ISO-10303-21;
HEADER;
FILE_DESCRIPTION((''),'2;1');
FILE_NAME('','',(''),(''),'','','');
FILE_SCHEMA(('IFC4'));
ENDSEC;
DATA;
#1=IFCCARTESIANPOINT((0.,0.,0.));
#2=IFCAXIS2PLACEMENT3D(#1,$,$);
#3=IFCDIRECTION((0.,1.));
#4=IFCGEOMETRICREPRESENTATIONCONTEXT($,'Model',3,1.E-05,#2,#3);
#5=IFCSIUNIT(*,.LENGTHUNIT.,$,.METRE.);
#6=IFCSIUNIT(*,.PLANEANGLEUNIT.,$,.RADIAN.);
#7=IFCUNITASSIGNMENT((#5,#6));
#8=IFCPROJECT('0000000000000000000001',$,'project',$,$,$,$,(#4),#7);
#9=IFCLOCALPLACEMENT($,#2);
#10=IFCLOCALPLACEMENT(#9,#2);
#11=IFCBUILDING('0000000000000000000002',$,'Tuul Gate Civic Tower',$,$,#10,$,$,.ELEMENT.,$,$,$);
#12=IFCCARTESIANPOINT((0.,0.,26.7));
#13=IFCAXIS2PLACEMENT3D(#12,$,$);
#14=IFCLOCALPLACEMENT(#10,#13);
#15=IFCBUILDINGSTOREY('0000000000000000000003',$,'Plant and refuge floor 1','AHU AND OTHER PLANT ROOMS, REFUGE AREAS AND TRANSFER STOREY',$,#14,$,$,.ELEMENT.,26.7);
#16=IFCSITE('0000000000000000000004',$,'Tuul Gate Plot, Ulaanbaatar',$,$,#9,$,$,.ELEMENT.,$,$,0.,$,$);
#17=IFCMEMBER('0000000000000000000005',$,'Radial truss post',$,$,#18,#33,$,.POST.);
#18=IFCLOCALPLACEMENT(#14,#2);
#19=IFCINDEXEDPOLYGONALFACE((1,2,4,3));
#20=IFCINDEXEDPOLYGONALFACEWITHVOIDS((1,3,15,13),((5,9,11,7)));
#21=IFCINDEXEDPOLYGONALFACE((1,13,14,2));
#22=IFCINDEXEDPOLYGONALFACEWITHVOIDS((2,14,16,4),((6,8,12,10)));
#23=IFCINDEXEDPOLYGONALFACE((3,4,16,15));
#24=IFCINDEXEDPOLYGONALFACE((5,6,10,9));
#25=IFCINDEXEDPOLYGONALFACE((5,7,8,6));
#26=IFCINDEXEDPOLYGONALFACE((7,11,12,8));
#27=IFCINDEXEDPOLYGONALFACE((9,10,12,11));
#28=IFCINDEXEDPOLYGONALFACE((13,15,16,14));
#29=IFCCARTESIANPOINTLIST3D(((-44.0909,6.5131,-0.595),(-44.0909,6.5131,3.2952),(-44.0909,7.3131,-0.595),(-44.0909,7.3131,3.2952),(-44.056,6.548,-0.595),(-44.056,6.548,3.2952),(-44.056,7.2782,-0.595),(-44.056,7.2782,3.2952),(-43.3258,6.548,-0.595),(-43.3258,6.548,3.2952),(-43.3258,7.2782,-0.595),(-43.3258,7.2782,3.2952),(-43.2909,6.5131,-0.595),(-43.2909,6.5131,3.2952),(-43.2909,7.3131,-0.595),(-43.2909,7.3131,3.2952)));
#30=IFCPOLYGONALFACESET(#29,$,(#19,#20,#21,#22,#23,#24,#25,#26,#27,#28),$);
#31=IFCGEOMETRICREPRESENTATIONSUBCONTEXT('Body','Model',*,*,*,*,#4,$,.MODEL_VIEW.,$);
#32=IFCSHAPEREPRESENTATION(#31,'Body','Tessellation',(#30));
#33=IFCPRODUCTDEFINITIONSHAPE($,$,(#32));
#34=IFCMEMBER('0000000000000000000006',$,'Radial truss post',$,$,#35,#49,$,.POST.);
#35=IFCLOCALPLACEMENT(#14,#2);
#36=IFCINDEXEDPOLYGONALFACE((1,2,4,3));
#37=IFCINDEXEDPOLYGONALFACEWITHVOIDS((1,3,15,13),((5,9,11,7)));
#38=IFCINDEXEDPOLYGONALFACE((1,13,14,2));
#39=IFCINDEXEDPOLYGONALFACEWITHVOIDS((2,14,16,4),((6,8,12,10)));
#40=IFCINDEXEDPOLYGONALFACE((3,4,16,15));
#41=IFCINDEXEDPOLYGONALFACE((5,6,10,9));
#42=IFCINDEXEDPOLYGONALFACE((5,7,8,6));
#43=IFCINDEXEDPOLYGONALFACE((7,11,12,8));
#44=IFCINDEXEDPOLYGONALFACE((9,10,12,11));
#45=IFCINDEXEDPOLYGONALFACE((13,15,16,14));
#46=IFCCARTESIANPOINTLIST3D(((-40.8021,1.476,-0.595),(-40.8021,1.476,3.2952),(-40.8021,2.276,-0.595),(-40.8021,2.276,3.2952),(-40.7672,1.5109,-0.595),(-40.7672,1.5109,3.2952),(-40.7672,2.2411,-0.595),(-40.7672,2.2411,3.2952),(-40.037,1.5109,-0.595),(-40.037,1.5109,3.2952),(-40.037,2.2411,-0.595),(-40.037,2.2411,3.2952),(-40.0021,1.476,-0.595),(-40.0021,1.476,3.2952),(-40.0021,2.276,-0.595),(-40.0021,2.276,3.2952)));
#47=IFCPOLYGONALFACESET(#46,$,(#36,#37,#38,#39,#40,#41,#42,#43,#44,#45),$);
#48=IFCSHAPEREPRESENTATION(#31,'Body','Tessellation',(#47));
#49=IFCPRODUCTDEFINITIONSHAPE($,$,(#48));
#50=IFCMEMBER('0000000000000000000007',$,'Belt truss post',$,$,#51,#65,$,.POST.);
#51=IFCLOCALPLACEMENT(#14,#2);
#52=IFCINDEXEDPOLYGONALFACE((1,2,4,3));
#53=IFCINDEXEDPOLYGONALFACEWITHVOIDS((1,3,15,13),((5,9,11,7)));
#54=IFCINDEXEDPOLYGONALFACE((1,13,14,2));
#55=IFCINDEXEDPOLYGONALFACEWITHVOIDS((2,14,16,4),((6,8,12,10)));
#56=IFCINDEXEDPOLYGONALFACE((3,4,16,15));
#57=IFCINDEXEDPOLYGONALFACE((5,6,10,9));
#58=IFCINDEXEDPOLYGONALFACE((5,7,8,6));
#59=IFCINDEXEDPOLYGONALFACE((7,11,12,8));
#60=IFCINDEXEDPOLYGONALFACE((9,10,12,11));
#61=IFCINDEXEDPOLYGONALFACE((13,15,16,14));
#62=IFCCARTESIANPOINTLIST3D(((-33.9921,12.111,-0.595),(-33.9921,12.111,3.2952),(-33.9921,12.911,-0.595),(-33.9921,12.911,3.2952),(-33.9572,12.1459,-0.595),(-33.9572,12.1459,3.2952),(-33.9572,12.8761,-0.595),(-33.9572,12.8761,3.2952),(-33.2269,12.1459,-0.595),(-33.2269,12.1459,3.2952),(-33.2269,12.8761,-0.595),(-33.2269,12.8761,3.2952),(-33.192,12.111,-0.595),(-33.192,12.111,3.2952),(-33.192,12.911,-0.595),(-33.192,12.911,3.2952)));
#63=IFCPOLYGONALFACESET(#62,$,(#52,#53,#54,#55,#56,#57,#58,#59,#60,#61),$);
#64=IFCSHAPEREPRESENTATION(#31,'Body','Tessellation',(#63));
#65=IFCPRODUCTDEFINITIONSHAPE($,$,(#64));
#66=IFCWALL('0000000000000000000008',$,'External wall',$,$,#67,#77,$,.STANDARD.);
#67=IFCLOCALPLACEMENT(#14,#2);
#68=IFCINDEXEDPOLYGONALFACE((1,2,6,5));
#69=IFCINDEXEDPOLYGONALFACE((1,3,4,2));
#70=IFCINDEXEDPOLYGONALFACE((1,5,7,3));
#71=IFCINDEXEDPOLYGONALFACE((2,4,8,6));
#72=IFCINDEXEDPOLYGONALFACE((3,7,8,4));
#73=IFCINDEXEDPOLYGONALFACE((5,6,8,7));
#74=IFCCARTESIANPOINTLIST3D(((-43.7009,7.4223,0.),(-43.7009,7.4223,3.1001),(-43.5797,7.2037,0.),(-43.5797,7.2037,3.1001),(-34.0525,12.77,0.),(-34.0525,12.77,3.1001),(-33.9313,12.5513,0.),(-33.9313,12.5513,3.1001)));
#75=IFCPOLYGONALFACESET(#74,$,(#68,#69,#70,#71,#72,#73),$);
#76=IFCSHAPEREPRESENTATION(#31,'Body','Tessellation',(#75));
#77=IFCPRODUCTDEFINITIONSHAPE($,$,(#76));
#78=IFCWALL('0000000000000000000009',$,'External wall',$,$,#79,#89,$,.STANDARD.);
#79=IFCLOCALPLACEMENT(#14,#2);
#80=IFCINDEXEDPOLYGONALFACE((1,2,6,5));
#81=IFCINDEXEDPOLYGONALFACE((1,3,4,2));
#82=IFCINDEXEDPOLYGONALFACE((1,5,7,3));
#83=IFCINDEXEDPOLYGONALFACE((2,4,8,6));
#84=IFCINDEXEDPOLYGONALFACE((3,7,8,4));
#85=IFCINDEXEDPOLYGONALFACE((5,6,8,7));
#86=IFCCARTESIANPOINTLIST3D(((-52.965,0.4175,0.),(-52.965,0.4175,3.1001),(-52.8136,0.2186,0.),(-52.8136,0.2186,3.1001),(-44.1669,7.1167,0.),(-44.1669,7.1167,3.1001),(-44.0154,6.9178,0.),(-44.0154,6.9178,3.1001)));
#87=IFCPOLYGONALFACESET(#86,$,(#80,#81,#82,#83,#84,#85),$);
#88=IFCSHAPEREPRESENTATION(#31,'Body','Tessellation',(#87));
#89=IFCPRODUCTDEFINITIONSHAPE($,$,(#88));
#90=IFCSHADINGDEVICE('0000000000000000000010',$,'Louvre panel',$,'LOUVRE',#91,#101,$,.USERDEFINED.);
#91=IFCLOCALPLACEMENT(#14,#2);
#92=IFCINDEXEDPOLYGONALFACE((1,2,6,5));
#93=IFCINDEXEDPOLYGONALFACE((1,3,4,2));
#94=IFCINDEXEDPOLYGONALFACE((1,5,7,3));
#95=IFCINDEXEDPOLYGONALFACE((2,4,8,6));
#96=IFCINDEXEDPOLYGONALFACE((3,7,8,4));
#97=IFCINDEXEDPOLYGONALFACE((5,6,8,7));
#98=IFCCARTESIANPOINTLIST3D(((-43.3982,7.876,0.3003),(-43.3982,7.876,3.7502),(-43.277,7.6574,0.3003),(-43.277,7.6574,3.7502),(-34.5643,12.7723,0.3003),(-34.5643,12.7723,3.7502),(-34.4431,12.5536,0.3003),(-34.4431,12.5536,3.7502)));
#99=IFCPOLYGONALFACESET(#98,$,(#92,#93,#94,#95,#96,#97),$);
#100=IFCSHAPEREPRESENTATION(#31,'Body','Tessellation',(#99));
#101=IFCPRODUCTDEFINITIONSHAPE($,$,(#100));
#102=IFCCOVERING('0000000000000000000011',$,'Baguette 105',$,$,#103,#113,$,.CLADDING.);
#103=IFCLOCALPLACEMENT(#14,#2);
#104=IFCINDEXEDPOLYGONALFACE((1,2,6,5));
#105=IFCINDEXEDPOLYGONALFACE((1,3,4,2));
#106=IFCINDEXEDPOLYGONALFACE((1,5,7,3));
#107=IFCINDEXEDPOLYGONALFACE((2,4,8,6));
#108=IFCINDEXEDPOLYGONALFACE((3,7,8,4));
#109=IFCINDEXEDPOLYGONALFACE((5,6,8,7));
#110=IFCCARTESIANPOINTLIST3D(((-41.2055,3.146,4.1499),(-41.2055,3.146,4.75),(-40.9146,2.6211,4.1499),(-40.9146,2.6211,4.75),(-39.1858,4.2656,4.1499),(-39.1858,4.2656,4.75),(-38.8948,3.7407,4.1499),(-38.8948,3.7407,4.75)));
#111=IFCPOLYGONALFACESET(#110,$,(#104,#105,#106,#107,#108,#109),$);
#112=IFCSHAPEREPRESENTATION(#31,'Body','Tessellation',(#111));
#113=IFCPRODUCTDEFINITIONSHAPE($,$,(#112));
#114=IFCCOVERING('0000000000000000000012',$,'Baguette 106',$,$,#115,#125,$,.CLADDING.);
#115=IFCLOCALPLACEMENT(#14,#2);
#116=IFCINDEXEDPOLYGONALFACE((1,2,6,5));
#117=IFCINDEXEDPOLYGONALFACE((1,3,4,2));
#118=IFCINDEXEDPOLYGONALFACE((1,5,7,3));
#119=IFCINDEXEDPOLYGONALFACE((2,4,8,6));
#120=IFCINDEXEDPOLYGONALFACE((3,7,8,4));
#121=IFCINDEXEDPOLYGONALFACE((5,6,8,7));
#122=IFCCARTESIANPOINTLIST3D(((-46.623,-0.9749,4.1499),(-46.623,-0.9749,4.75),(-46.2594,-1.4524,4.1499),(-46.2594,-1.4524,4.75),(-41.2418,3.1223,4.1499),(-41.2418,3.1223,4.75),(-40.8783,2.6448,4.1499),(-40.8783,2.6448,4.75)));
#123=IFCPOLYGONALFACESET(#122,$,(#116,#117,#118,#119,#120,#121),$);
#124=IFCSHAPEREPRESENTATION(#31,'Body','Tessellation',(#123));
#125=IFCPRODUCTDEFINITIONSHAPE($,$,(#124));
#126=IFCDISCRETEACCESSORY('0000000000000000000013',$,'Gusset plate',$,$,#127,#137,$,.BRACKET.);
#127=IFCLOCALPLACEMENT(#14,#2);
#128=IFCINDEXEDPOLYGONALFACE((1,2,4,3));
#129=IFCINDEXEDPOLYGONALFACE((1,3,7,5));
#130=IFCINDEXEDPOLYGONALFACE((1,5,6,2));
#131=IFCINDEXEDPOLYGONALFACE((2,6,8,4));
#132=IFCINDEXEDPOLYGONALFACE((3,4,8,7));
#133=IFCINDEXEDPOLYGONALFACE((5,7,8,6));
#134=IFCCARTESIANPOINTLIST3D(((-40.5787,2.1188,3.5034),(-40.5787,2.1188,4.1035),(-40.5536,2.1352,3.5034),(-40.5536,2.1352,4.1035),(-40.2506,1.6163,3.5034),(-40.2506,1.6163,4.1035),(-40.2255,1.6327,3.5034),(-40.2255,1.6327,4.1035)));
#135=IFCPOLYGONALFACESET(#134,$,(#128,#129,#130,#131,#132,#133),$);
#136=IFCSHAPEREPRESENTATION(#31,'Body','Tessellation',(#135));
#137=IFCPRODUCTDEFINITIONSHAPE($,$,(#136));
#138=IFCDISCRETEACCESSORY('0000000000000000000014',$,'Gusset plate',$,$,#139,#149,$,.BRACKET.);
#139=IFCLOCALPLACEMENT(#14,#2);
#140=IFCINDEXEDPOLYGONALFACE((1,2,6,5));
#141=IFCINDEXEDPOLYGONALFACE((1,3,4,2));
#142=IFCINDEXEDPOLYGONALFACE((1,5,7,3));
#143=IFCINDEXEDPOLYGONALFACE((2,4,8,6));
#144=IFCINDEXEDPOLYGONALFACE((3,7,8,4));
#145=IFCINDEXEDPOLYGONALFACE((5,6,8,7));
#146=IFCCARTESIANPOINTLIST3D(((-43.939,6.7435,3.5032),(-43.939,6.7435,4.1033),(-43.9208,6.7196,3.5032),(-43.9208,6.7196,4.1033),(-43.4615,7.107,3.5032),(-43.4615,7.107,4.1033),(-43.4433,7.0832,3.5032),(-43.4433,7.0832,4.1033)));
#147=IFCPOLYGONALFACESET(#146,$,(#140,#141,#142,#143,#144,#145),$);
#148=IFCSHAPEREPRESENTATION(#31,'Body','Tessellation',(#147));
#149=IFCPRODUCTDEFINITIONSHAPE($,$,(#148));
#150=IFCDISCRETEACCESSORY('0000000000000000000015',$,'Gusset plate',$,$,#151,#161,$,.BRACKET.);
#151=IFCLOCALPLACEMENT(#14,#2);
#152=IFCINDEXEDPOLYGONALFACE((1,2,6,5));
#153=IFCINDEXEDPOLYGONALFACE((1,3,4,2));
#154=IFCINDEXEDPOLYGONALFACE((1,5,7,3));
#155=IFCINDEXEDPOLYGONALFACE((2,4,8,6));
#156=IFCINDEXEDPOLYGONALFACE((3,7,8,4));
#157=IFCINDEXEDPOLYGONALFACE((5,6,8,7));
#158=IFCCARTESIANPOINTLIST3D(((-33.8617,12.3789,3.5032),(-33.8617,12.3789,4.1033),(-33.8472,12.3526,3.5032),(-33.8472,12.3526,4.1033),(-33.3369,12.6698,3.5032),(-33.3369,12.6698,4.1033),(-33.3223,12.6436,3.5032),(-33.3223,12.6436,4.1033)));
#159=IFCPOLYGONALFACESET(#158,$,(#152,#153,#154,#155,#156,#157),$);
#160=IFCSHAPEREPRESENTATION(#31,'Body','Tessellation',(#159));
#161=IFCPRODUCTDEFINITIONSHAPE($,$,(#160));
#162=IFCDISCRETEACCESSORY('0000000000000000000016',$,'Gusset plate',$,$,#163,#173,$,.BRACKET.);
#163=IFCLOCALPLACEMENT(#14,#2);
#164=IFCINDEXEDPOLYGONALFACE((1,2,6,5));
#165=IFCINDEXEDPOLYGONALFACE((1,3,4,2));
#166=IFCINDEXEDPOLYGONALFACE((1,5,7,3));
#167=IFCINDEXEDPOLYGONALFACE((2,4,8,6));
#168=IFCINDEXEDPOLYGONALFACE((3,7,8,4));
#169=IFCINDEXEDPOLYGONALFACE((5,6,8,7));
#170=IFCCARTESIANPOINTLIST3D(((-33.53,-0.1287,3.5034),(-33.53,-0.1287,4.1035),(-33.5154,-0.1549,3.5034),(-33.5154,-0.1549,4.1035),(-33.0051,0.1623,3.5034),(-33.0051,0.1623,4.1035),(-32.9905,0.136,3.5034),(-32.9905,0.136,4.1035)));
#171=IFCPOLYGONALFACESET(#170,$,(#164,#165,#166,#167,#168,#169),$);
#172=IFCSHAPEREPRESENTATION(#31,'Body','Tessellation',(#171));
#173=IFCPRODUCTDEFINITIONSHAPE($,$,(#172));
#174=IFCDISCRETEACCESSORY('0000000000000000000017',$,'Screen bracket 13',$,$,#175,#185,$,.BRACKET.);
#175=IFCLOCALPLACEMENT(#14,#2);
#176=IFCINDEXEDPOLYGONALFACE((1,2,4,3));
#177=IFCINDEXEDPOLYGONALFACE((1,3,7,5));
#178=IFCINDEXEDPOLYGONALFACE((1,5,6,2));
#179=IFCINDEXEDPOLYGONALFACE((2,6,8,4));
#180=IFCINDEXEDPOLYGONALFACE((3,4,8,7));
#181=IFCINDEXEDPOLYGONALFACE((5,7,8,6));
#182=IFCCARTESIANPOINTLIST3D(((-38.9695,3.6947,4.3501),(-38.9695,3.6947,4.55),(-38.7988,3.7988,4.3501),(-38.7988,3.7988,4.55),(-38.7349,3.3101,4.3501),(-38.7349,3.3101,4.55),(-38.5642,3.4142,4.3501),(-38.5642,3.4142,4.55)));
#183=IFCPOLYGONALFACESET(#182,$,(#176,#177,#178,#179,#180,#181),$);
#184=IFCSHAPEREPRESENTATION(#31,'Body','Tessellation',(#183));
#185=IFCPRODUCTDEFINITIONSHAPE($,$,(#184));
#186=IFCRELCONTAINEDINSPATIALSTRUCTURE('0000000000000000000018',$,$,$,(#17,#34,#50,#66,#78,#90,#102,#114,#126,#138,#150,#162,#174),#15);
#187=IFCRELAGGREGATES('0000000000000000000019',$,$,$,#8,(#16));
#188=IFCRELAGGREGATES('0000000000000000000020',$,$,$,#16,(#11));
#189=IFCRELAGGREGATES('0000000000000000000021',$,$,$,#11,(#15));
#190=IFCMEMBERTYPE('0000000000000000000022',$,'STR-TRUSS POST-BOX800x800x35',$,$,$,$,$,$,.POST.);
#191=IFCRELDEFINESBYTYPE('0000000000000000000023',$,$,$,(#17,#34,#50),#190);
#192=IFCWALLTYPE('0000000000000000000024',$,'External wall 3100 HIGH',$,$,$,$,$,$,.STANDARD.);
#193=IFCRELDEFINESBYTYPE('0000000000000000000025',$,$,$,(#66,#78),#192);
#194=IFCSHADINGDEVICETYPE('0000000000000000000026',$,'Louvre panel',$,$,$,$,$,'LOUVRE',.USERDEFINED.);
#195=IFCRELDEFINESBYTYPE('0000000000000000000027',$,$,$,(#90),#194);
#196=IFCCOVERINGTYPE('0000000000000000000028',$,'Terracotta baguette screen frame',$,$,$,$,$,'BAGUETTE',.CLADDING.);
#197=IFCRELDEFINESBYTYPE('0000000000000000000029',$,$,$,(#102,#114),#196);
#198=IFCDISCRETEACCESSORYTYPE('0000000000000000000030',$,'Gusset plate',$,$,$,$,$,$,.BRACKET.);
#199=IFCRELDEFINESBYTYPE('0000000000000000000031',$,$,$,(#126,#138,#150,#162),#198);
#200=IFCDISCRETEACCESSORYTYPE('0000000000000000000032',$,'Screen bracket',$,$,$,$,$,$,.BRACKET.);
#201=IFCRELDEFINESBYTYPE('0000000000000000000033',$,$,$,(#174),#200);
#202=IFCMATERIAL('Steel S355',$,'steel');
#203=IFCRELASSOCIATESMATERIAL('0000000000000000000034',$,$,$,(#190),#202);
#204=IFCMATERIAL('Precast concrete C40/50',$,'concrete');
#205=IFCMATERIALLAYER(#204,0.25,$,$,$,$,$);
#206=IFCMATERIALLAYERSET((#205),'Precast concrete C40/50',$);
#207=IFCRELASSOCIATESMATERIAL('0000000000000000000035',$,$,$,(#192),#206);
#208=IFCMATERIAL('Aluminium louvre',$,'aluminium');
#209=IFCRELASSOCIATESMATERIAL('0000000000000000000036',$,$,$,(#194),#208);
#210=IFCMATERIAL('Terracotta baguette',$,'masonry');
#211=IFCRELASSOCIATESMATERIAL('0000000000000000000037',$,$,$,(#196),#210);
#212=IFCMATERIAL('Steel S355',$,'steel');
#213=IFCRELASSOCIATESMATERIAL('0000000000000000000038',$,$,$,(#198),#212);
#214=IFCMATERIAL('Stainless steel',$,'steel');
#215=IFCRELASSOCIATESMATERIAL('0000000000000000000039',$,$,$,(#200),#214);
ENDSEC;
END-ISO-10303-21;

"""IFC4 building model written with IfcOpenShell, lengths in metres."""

from ifc_helpers import new_model, si_unit, direction, frame, frame_2d, origin, origin_2d, place, context, subcontext, project, spatial, rectangle, hollow_rectangle, extrude, material, layer, layer_set, material_profile, profile_set, type_object, element, save


model = new_model("IFC4")

# Units and contexts
model_context = context("Model", 3, precision=1e-05, world=origin(), true_north=direction((0.0, 1.0)))
body_context = subcontext(model_context, "Body", "Model", "MODEL_VIEW")
ifc_project = project(units=[si_unit("LENGTHUNIT", "METRE"), si_unit("PLANEANGLEUNIT", "RADIAN")], contexts=[model_context])

# Site, building, storey
site_placement = place(None, origin())
site = spatial("IfcSite", under=ifc_project, at=site_placement, Name="Tuul Gate Plot, Ulaanbaatar", CompositionType="ELEMENT", RefElevation=0.0)
building_placement = place(site_placement, origin())
building = spatial("IfcBuilding", under=site, at=building_placement, Name="Tuul Gate Civic Tower", CompositionType="ELEMENT")
storey_placement = place(building_placement, frame((0.0, 0.0, 26.7)))
storey = spatial("IfcBuildingStorey", under=building, at=storey_placement, Name="Plant and refuge floor 1", Description="AHU AND OTHER PLANT ROOMS, REFUGE AREAS AND TRANSFER STOREY", CompositionType="ELEMENT", Elevation=26.7)

# Members
ifc_material_1 = material(Name="Steel S355", Category="steel")
ifc_material_profile_1 = material_profile(ifc_material_1, hollow_rectangle(XDim=0.8, YDim=0.8, WallThickness=0.0349, at=origin_2d()), Name="BOX800x800x35")
ifc_profile_set_1 = profile_set([ifc_material_profile_1], Name="Steel S355")
member_type_1 = type_object("IfcMemberType", Name="STR-TRUSS POST-BOX800x800x35", PredefinedType="POST", material=ifc_profile_set_1)
for number, where, z_axis, x_axis, name in (
    (1, (-43.6909, 6.9131, -0.595), (0.0, 0.0, 1.0), (1.0, 0.0, 0.0), "Radial truss post"),
    (2, (-40.4021, 1.876, -0.595), (0.0, 0.0, 1.0), (1.0, 0.0, 0.0), "Radial truss post"),
    (3, (-33.592, 12.511, -0.595), (0.0, 0.0, 1.0), (1.0, 0.0, 0.0), "Belt truss post"),
):
    element("IfcMember", number, at=place(storey_placement, frame(where, z_axis=z_axis, x_axis=x_axis)), inside=storey, type_object=member_type_1, Name=name, PredefinedType="POST", context=body_context, shape_type="SweptSolid", body=[
        extrude(hollow_rectangle(XDim=0.8, YDim=0.8, WallThickness=0.0349, at=origin_2d()), origin(), (0.0, 0.0, 1.0), 3.8901),
    ])

# Walls
ifc_material_2 = material(Name="Precast concrete C40/50", Category="concrete")
ifc_layer = layer(ifc_material_2, 0.25)
ifc_layer_set = layer_set([ifc_layer], Name="Precast concrete C40/50")
wall_type = type_object("IfcWallType", Name="External wall 3100 HIGH", PredefinedType="STANDARD", material=ifc_layer_set)
wall_1_placement = place(storey_placement, frame((-33.9919, 12.6606, 0.0), z_axis=(0.0, 0.0, 1.0), x_axis=(-0.874641, -0.484771, 0.0)))
element("IfcWall", 4, at=wall_1_placement, inside=storey, type_object=wall_type, Name="External wall", PredefinedType="STANDARD", context=body_context, shape_type="SweptSolid", body=[
    extrude(rectangle(XDim=11.0312, YDim=0.25, at=frame_2d((5.5156, 0.0))), origin(), (0.0, 0.0, 1.0), 3.1001),
])
wall_2_placement = place(storey_placement, frame((-44.0911, 7.0173, 0.0), z_axis=(0.0, 0.0, 1.0), x_axis=(-0.79561, -0.605809, 0.0)))
element("IfcWall", 5, at=wall_2_placement, inside=storey, type_object=wall_type, Name="External wall", PredefinedType="STANDARD", context=body_context, shape_type="SweptSolid", body=[
    extrude(rectangle(XDim=11.0583, YDim=0.25, at=frame_2d((5.5293, 0.0))), origin(), (0.0, 0.0, 1.0), 3.1001),
])

# Shading device
ifc_material_3 = material(Name="Aluminium louvre", Category="aluminium")
shading_device_type = type_object("IfcShadingDeviceType", Name="Louvre panel", ElementType="LOUVRE", PredefinedType="USERDEFINED", material=ifc_material_3)
shading_device_placement = place(storey_placement, frame((-38.9207, 10.2148, 0.3003), z_axis=(0.0, 0.0, 1.0), x_axis=(-0.484773, 0.87464, 0.0)))
element("IfcShadingDevice", 6, at=shading_device_placement, inside=storey, type_object=shading_device_type, Name="Louvre panel", ObjectType="LOUVRE", PredefinedType="USERDEFINED", context=body_context, shape_type="SweptSolid", body=[
    extrude(rectangle(XDim=0.25, YDim=10.1001, at=origin_2d()), origin(), (0.0, 0.0, 1.0), 3.45),
])

# Coverings
ifc_material_4 = material(Name="Terracotta baguette", Category="masonry")
ifc_material_profile_2 = material_profile(ifc_material_4, rectangle(XDim=0.6001, YDim=0.6001, at=origin_2d()), Name="Terracotta baguette screen frame")
ifc_profile_set_2 = profile_set([ifc_material_profile_2], Name="Terracotta baguette")
covering_type = type_object("IfcCoveringType", Name="Terracotta baguette screen frame", ElementType="BAGUETTE", PredefinedType="CLADDING", material=ifc_profile_set_2)
covering_1_placement = place(storey_placement, frame((-39.0403, 4.0032, 4.45), z_axis=(-0.874611, -0.484826, 0.0), x_axis=(0.484826, -0.874611, 0.0)))
element("IfcCovering", 7, at=covering_1_placement, inside=storey, type_object=covering_type, Name="Baguette 105", PredefinedType="CLADDING", context=body_context, shape_type="SweptSolid", body=[
    extrude(rectangle(XDim=0.6001, YDim=0.6001, at=origin_2d()), origin(), (0.0, 0.0, 1.0), 2.3093),
])
covering_2_placement = place(storey_placement, frame((-41.0601, 2.8835, 4.45), z_axis=(-0.795626, -0.605789, 0.0), x_axis=(0.605789, -0.795626, 0.0)))
element("IfcCovering", 8, at=covering_2_placement, inside=storey, type_object=covering_type, Name="Baguette 106", PredefinedType="CLADDING", context=body_context, shape_type="SweptSolid", body=[
    extrude(rectangle(XDim=0.6001, YDim=0.6001, at=origin_2d()), origin(), (0.0, 0.0, 1.0), 6.7634),
])

# Discrete accessories
ifc_material_5 = material(Name="Steel S355", Category="steel")
discrete_accessory_type_1 = type_object("IfcDiscreteAccessoryType", Name="Gusset plate", PredefinedType="BRACKET", material=ifc_material_5)
for number, where, z_axis, x_axis, name in (
    (9, (-40.4021, 1.8757, 3.5034), (0.0, 0.0, 1.0), (-0.546705, 0.837325, 0.0), "Gusset plate"),
    (10, (-43.6912, 6.9133, 3.5032), (0.0, 0.0, 1.0), (-0.795625, -0.60579, 0.0), "Gusset plate"),
    (11, (-33.592, 12.5112, 3.5032), (0.0, 0.0, 1.0), (-0.874618, -0.484812, 0.0), "Gusset plate"),
    (12, (-33.2603, 0.0037, 3.5034), (0.0, 0.0, 1.0), (-0.874609, -0.484828, 0.0), "Gusset plate"),
):
    element("IfcDiscreteAccessory", number, at=place(storey_placement, frame(where, z_axis=z_axis, x_axis=x_axis)), inside=storey, type_object=discrete_accessory_type_1, Name=name, PredefinedType="BRACKET", context=body_context, shape_type="SweptSolid", body=[
        extrude(rectangle(XDim=0.6001, YDim=0.03, at=origin_2d()), origin(), (0.0, 0.0, 1.0), 0.6001),
    ])
ifc_material_6 = material(Name="Stainless steel", Category="steel")
discrete_accessory_type_2 = type_object("IfcDiscreteAccessoryType", Name="Screen bracket", PredefinedType="BRACKET", material=ifc_material_6)
discrete_accessory_placement = place(storey_placement, frame((-38.7668, 3.5544, 4.3501), z_axis=(0.0, 0.0, 1.0), x_axis=(-0.52074, 0.853715, 0.0)))
element("IfcDiscreteAccessory", 13, at=discrete_accessory_placement, inside=storey, type_object=discrete_accessory_type_2, Name="Screen bracket 13", PredefinedType="BRACKET", context=body_context, shape_type="SweptSolid", body=[
    extrude(rectangle(XDim=0.4504, YDim=0.2, at=origin_2d()), origin(), (0.0, 0.0, 1.0), 0.2),
])

save(model, "model.ifc")
